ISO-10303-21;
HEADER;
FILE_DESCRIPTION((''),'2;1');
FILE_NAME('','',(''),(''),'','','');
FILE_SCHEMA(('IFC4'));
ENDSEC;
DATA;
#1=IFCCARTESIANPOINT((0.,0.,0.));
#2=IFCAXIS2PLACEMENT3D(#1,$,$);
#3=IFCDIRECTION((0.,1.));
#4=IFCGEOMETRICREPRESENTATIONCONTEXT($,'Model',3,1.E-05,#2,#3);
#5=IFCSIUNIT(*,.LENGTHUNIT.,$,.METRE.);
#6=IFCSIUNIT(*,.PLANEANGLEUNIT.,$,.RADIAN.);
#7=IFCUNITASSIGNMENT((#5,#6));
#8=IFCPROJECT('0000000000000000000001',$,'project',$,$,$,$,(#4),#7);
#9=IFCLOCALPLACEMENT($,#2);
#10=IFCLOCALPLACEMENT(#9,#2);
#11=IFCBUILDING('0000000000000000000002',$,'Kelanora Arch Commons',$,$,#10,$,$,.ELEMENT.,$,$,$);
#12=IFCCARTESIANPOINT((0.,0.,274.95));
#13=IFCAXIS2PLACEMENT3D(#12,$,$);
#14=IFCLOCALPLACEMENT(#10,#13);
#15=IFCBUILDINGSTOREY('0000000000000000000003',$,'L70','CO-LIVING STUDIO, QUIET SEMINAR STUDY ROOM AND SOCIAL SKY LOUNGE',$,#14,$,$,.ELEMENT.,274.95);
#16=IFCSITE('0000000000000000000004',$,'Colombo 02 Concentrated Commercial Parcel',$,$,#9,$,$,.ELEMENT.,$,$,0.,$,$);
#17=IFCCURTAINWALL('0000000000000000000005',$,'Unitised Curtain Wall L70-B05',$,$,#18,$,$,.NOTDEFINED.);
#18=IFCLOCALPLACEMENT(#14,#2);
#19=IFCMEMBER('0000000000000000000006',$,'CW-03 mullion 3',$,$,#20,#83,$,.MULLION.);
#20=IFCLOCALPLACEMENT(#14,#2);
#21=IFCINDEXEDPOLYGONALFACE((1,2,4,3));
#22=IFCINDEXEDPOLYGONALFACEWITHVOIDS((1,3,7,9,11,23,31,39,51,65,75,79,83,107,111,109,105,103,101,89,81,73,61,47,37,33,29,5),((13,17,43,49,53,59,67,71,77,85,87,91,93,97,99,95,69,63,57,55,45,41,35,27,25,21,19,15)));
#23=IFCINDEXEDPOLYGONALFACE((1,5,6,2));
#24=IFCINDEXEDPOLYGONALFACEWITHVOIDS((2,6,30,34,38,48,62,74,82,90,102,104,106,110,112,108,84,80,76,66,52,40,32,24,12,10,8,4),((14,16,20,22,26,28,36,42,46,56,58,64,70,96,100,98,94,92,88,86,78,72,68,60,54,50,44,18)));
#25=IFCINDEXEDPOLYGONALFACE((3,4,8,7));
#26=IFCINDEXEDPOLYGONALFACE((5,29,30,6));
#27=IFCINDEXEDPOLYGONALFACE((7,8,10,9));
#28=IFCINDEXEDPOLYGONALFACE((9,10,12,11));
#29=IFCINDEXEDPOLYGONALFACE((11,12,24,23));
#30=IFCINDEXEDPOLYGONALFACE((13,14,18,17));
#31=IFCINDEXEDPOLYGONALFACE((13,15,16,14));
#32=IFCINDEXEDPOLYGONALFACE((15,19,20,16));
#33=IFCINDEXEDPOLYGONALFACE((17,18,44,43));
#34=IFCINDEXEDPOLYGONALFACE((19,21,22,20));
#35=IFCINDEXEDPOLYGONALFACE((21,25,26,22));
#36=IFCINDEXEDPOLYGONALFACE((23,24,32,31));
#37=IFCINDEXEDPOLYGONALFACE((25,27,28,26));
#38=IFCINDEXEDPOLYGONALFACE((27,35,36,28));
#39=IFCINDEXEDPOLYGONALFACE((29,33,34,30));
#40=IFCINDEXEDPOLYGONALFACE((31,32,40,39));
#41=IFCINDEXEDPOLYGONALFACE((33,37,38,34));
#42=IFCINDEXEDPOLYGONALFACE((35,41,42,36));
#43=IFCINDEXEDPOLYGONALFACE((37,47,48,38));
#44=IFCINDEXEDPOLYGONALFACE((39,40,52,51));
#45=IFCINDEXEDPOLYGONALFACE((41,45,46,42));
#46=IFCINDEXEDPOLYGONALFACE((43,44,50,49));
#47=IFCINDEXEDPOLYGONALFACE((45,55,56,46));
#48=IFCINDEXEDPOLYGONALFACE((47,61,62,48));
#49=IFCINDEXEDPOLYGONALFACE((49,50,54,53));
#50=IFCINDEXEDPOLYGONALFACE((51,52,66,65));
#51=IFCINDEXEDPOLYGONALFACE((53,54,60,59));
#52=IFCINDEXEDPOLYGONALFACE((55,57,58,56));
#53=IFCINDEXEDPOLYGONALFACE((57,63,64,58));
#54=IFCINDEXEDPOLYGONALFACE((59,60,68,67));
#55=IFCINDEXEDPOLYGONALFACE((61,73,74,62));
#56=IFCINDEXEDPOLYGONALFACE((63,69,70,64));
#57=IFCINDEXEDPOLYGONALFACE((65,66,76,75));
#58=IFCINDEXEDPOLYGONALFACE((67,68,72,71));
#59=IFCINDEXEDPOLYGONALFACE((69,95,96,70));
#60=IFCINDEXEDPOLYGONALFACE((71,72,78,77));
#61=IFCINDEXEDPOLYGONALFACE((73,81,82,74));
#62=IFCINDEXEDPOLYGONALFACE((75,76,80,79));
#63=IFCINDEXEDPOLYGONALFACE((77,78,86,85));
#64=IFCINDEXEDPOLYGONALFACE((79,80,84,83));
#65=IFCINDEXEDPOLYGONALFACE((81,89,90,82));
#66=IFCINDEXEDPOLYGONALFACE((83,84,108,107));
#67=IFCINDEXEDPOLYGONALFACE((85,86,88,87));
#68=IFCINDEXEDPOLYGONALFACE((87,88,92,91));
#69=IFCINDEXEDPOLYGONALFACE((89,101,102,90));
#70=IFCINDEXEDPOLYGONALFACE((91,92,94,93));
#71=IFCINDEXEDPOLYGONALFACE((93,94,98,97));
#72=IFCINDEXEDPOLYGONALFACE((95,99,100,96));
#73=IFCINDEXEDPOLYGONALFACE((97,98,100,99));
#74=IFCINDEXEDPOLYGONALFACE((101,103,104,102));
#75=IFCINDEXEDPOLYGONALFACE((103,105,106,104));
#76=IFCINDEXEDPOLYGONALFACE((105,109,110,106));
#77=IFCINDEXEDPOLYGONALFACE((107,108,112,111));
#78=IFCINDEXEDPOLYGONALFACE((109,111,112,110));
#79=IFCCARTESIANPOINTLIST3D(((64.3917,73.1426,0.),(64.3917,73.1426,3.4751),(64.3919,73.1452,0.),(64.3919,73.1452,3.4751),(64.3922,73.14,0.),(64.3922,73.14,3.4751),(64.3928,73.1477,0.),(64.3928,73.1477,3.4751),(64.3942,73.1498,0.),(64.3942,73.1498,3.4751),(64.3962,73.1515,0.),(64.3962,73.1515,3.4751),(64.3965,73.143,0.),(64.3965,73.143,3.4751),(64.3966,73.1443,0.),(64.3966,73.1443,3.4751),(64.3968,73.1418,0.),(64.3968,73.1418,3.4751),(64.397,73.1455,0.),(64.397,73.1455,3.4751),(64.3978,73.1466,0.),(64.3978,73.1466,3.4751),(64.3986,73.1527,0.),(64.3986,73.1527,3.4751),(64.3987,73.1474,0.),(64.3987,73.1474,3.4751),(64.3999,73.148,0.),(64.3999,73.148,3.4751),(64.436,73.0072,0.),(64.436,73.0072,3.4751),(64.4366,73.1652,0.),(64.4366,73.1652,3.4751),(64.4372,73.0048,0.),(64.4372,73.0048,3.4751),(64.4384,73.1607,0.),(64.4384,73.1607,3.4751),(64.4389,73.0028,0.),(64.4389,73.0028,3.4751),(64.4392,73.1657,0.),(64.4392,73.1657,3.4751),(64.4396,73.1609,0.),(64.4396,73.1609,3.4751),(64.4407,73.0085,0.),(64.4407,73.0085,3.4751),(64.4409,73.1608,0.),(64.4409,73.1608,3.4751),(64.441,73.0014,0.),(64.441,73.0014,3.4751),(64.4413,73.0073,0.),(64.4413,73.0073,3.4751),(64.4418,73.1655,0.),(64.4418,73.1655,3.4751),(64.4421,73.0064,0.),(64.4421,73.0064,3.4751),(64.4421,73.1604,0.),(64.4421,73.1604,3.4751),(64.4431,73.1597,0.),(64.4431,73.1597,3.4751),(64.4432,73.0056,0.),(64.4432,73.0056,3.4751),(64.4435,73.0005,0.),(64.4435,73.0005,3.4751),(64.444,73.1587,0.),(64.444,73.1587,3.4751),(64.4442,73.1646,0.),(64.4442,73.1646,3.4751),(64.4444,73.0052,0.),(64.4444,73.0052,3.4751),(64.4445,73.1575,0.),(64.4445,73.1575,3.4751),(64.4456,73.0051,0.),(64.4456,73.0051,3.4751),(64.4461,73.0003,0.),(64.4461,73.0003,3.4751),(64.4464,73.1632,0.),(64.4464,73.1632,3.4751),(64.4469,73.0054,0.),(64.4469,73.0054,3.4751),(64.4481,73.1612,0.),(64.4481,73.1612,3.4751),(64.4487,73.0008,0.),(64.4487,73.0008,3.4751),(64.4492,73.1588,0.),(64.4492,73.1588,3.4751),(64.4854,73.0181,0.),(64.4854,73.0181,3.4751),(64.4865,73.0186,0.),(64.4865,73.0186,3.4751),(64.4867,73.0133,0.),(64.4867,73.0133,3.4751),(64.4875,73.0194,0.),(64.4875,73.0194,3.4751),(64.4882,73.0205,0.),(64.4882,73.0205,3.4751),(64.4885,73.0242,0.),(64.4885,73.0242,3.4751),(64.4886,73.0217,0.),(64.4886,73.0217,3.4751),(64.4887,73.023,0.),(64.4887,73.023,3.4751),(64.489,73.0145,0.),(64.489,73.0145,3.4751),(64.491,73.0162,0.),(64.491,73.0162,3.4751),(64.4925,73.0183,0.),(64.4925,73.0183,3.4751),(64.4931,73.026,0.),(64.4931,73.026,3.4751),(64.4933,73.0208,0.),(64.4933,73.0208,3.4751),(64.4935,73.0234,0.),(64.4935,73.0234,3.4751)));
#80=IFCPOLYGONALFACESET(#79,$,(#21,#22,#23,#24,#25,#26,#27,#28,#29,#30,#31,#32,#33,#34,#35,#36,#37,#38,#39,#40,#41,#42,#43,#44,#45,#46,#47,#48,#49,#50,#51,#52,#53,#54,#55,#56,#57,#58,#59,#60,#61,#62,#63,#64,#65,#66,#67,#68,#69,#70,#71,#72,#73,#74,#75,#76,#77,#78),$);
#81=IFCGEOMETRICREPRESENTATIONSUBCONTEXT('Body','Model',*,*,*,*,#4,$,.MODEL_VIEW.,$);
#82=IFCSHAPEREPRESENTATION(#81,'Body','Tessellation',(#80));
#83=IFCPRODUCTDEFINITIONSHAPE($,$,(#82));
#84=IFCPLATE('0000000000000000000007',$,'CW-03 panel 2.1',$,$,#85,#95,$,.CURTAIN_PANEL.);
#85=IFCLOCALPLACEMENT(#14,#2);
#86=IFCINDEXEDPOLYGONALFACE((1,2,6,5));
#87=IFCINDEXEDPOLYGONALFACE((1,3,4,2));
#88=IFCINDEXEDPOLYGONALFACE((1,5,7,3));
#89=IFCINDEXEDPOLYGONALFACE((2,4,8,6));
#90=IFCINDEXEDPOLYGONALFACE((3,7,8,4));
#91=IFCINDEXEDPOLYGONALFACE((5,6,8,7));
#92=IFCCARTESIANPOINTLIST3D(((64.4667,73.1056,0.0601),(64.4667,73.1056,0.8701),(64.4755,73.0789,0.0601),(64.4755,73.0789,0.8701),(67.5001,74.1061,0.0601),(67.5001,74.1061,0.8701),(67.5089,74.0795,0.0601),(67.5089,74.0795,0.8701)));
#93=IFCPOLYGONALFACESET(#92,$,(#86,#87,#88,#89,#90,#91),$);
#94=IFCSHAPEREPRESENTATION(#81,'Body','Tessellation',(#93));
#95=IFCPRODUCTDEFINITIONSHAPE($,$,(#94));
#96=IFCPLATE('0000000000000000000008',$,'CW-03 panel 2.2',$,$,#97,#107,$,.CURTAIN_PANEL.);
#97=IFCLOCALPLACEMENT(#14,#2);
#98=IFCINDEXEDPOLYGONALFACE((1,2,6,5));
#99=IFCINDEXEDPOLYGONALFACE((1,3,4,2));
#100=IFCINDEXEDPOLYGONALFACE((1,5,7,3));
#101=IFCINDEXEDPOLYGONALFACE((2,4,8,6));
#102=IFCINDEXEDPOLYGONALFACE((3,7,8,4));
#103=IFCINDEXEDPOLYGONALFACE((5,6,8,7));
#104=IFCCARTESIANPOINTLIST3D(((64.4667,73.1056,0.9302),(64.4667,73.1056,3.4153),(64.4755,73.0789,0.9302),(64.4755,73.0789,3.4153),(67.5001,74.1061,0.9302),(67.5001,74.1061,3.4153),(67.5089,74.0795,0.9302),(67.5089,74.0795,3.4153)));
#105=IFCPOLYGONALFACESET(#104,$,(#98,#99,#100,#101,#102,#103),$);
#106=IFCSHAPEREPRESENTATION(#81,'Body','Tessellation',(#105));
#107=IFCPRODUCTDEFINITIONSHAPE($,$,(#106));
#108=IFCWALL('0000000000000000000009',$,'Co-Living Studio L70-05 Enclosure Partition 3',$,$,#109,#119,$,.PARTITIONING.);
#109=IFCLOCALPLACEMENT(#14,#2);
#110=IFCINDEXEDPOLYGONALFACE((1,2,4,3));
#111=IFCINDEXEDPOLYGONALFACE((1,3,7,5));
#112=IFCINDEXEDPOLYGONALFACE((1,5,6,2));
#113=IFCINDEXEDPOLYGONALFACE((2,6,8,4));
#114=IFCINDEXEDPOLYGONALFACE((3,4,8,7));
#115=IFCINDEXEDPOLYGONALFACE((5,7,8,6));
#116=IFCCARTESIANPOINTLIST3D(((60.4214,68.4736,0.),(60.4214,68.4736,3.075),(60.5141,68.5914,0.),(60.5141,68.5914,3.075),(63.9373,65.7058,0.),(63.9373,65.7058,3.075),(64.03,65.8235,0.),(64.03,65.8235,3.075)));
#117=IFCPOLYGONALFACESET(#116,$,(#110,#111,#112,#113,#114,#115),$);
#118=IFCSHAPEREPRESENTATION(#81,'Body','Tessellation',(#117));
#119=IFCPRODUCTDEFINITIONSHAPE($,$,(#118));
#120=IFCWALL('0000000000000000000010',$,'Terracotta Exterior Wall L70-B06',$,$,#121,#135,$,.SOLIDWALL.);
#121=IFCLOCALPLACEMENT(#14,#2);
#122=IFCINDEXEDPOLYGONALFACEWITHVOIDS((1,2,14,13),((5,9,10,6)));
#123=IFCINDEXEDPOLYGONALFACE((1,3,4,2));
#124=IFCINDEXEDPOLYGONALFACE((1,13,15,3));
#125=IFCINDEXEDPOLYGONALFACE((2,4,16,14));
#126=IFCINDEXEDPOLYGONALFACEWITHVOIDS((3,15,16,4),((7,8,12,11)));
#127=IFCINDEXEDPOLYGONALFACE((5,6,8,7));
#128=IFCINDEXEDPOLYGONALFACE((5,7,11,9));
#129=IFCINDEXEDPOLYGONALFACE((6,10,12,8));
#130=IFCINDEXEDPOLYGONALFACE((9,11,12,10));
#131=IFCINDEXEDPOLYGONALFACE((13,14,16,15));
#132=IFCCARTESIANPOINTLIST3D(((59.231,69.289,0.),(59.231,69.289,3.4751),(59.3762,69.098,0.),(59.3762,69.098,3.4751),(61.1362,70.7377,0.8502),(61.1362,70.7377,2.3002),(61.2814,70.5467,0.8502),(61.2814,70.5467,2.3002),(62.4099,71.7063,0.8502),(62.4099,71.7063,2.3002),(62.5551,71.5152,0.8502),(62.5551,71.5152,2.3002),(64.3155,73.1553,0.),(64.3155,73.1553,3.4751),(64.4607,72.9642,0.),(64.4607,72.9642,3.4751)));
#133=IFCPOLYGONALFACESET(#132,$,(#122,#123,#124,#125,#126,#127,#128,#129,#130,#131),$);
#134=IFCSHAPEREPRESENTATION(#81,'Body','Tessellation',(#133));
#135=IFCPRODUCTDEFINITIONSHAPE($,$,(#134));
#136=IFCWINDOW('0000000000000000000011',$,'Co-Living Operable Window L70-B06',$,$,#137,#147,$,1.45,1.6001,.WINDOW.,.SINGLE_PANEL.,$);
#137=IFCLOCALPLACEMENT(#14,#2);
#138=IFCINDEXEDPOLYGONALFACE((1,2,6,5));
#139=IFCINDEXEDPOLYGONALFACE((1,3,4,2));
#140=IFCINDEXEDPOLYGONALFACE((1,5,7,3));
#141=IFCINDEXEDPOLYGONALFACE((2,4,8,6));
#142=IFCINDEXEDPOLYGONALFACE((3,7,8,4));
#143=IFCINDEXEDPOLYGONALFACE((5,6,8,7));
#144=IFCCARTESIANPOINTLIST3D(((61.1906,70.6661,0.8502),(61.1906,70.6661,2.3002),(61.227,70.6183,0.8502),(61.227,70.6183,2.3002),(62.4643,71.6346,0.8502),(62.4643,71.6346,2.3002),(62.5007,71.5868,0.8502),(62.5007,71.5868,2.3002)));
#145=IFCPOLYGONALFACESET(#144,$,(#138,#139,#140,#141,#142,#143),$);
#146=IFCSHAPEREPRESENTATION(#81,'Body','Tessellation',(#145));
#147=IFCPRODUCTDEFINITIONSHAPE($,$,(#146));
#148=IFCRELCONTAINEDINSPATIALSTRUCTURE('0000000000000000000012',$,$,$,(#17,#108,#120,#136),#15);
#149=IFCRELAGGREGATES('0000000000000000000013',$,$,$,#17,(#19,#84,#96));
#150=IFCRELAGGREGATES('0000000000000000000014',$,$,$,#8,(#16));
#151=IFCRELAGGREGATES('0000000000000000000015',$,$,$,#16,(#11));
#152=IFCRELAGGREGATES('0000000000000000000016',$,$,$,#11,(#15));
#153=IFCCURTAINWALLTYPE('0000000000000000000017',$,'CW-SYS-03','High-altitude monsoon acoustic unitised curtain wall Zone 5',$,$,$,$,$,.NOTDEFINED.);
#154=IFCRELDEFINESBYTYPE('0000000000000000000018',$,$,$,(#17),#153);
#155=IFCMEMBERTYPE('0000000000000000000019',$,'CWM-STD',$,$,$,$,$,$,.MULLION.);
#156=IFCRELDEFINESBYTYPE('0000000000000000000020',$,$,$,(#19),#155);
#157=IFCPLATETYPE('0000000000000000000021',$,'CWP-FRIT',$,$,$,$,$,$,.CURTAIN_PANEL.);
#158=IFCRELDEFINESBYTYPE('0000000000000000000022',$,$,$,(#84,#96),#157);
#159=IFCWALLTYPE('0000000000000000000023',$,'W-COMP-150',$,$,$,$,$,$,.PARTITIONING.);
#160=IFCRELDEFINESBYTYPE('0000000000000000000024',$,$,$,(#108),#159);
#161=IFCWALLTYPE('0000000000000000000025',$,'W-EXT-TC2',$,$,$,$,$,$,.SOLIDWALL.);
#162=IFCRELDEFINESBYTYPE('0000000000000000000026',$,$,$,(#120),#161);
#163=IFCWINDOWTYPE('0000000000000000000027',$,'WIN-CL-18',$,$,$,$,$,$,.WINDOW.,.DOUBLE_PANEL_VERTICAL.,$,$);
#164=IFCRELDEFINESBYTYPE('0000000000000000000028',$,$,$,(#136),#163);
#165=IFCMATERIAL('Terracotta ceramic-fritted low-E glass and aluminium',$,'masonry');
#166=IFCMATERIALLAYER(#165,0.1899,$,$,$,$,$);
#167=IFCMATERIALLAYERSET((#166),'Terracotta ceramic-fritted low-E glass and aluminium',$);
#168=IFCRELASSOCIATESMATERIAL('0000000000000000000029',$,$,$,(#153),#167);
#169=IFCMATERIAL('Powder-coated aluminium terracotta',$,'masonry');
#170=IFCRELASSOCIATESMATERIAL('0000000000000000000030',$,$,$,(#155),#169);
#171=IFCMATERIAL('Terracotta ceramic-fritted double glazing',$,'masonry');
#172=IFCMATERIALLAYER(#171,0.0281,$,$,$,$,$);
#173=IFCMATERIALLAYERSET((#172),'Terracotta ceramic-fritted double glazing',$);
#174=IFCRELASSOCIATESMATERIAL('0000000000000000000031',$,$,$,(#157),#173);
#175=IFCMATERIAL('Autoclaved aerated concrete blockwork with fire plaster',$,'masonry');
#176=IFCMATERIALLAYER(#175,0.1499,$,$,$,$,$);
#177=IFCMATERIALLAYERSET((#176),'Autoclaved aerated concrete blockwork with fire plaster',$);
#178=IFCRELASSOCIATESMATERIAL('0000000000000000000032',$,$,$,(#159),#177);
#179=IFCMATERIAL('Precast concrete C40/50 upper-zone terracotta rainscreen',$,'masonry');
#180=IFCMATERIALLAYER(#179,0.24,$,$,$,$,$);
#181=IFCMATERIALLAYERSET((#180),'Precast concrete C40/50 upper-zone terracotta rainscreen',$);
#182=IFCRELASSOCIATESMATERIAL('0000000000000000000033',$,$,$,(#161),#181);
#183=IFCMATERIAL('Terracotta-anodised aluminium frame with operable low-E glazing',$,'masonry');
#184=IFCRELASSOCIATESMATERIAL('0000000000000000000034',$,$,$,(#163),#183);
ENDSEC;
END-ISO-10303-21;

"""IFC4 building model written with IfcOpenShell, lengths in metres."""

from ifc_helpers import new_model, si_unit, direction, frame, frame_2d, origin, origin_2d, place, context, subcontext, project, spatial, rectangle, hollow_rectangle, extrude, source, transform, mapped, material, layer, layer_set, material_profile, profile_set, type_object, element, fill, aggregate, save


model = new_model("IFC4")

# Units and contexts
model_context = context("Model", 3, precision=1e-05, world=origin(), true_north=direction((0.0, 1.0)))
body_context = subcontext(model_context, "Body", "Model", "MODEL_VIEW")
ifc_project = project(units=[si_unit("LENGTHUNIT", "METRE"), si_unit("PLANEANGLEUNIT", "RADIAN")], contexts=[model_context])

# Site, building, storey
site_placement = place(None, origin())
site = spatial("IfcSite", under=ifc_project, at=site_placement, Name="Colombo 02 Concentrated Commercial Parcel", CompositionType="ELEMENT", RefElevation=0.0)
building_placement = place(site_placement, origin())
building = spatial("IfcBuilding", under=site, at=building_placement, Name="Kelanora Arch Commons", CompositionType="ELEMENT")
storey_placement = place(building_placement, frame((0.0, 0.0, 274.95)))
storey = spatial("IfcBuildingStorey", under=building, at=storey_placement, Name="L70", Description="CO-LIVING STUDIO, QUIET SEMINAR STUDY ROOM AND SOCIAL SKY LOUNGE", CompositionType="ELEMENT", Elevation=274.95)

# Curtain wall, member, plates
ifc_material_1 = material(Name="Terracotta ceramic-fritted low-E glass and aluminium", Category="masonry")
ifc_layer_1 = layer(ifc_material_1, 0.1899)
ifc_layer_set_1 = layer_set([ifc_layer_1], Name="Terracotta ceramic-fritted low-E glass and aluminium")
curtain_wall_type = type_object("IfcCurtainWallType", Name="CW-SYS-03", Description="High-altitude monsoon acoustic unitised curtain wall Zone 5", PredefinedType="NOTDEFINED", material=ifc_layer_set_1)
curtain_wall_placement = place(storey_placement, origin())
curtain_wall = element("IfcCurtainWall", 1, at=curtain_wall_placement, inside=storey, type_object=curtain_wall_type, Name="Unitised Curtain Wall L70-B05", PredefinedType="NOTDEFINED")
ifc_material_2 = material(Name="Powder-coated aluminium terracotta", Category="masonry")
ifc_material_profile_1 = material_profile(ifc_material_2, hollow_rectangle(XDim=0.1599, YDim=0.0601, WallThickness=0.0049, InnerFilletRadius=0.0049, OuterFilletRadius=0.01, at=origin_2d()), Name="CWM160x60")
ifc_profile_set_1 = profile_set([ifc_material_profile_1], Name="Powder-coated aluminium terracotta")
member_type = type_object("IfcMemberType", Name="CWM-STD", PredefinedType="MULLION", material=ifc_profile_set_1)
member_placement = place(storey_placement, frame((64.4426, 73.083, 0.0), z_axis=(0.0, 0.0, 1.0), x_axis=(0.313253, -0.94967, 0.0)))
member = element("IfcMember", 2, at=member_placement, type_object=member_type, Name="CW-03 mullion 3", PredefinedType="MULLION", context=body_context, shape_type="SweptSolid", body=[
    extrude(hollow_rectangle(XDim=0.1599, YDim=0.0601, WallThickness=0.0049, InnerFilletRadius=0.0049, OuterFilletRadius=0.01, at=origin_2d()), origin(), (0.0, 0.0, 1.0), 3.4751),
])
ifc_material_3 = material(Name="Terracotta ceramic-fritted double glazing", Category="masonry")
ifc_layer_2 = layer(ifc_material_3, 0.0281)
ifc_layer_set_2 = layer_set([ifc_layer_2], Name="Terracotta ceramic-fritted double glazing")
plate_type = type_object("IfcPlateType", Name="CWP-FRIT", PredefinedType="CURTAIN_PANEL", material=ifc_layer_set_2)
shared_shape_1 = source(origin(), body_context, "Body", "SweptSolid", [
    extrude(rectangle(XDim=3.1941, YDim=0.0281, at=origin_2d()), origin(), (0.0, 0.0, 1.0), 0.8101),
])
plate_1_placement = place(storey_placement, frame((65.9878, 73.5925, 0.0601), z_axis=(0.0, 0.0, 1.0), x_axis=(-0.94967, -0.313253, 0.0)))
plate_1 = element("IfcPlate", 3, at=plate_1_placement, type_object=plate_type, Name="CW-03 panel 2.1", PredefinedType="CURTAIN_PANEL", context=body_context, shape_type="MappedRepresentation", body=[
    mapped(shared_shape_1, transform((0.0, 0.0, 0.0), scale=1.0)),
])
shared_shape_2 = source(origin(), body_context, "Body", "SweptSolid", [
    extrude(rectangle(XDim=3.1941, YDim=0.0281, at=origin_2d()), origin(), (0.0, 0.0, 1.0), 2.4851),
])
plate_2_placement = place(storey_placement, frame((65.9878, 73.5925, 0.9302), z_axis=(0.0, 0.0, 1.0), x_axis=(-0.94967, -0.313253, 0.0)))
plate_2 = element("IfcPlate", 4, at=plate_2_placement, type_object=plate_type, Name="CW-03 panel 2.2", PredefinedType="CURTAIN_PANEL", context=body_context, shape_type="MappedRepresentation", body=[
    mapped(shared_shape_2, transform((0.0, 0.0, 0.0), scale=1.0)),
])
aggregate(curtain_wall, [member, plate_1, plate_2])

# Wall
ifc_material_4 = material(Name="Autoclaved aerated concrete blockwork with fire plaster", Category="masonry")
ifc_layer_3 = layer(ifc_material_4, 0.1499)
ifc_layer_set_3 = layer_set([ifc_layer_3], Name="Autoclaved aerated concrete blockwork with fire plaster")
wall_type_1 = type_object("IfcWallType", Name="W-COMP-150", PredefinedType="PARTITIONING", material=ifc_layer_set_3)
wall_1_placement = place(storey_placement, frame((63.9836, 65.7646, 0.0), z_axis=(0.0, 0.0, 1.0), x_axis=(-0.785737, 0.618561, 0.0)))
element("IfcWall", 5, at=wall_1_placement, inside=storey, type_object=wall_type_1, Name="Co-Living Studio L70-05 Enclosure Partition 3", PredefinedType="PARTITIONING", context=body_context, shape_type="SweptSolid", body=[
    extrude(rectangle(XDim=4.4746, YDim=0.1499, at=frame_2d((2.2373, 0.0))), origin(), (0.0, 0.0, 1.0), 3.075),
])

# Wall, opening, window
ifc_material_5 = material(Name="Precast concrete C40/50 upper-zone terracotta rainscreen", Category="masonry")
ifc_layer_4 = layer(ifc_material_5, 0.24)
ifc_layer_set_4 = layer_set([ifc_layer_4], Name="Precast concrete C40/50 upper-zone terracotta rainscreen")
wall_type_2 = type_object("IfcWallType", Name="W-EXT-TC2", PredefinedType="SOLIDWALL", material=ifc_layer_set_4)
wall_2_placement = place(storey_placement, frame((64.3882, 73.0598, 0.0), z_axis=(0.0, 0.0, 1.0), x_axis=(-0.79601, -0.605283, 0.0)))
wall_2 = element("IfcWall", 6, at=wall_2_placement, inside=storey, type_object=wall_type_2, Name="Terracotta Exterior Wall L70-B06", PredefinedType="SOLIDWALL", context=body_context, shape_type="SweptSolid", body=[
    extrude(rectangle(XDim=6.3875, YDim=0.24, at=frame_2d((3.1938, 0.0))), origin(), (0.0, 0.0, 1.0), 3.4751),
])
opening_1_placement = place(wall_2_placement, frame((2.394, 0.0, 0.8501)))
opening_1 = element("IfcOpeningElement", 7, at=opening_1_placement, cuts=wall_2, PredefinedType="OPENING", context=body_context, shape_type="SweptSolid", body=[
    extrude(rectangle(XDim=1.6001, YDim=1.45, at=frame_2d((0.8, 0.7251))), frame((0.0, 0.1299, 0.0), z_axis=(0.0, -1.0, 0.0), x_axis=(1.0, 0.0, 0.0)), (0.0, 0.0, 1.0), 0.26),
])
ifc_material_6 = material(Name="Terracotta-anodised aluminium frame with operable low-E glazing", Category="masonry")
window_type_1 = type_object("IfcWindowType", Name="WIN-CL-18", PartitioningType="DOUBLE_PANEL_VERTICAL", PredefinedType="WINDOW", material=ifc_material_6)
window_1_placement = place(opening_1_placement, origin())
window_1 = element("IfcWindow", 8, at=window_1_placement, inside=storey, type_object=window_type_1, Name="Co-Living Operable Window L70-B06", OverallHeight=1.45, OverallWidth=1.6001, PartitioningType="SINGLE_PANEL", PredefinedType="WINDOW", context=body_context, shape_type="SweptSolid", body=[
    extrude(rectangle(XDim=1.6001, YDim=1.45, at=frame_2d((0.8, 0.7251))), frame((0.0, 0.03, 0.0), z_axis=(0.0, -1.0, 0.0), x_axis=(1.0, 0.0, 0.0)), (0.0, 0.0, 1.0), 0.0601),
])
fill(opening_1, window_1)

save(model, "model.ifc")
